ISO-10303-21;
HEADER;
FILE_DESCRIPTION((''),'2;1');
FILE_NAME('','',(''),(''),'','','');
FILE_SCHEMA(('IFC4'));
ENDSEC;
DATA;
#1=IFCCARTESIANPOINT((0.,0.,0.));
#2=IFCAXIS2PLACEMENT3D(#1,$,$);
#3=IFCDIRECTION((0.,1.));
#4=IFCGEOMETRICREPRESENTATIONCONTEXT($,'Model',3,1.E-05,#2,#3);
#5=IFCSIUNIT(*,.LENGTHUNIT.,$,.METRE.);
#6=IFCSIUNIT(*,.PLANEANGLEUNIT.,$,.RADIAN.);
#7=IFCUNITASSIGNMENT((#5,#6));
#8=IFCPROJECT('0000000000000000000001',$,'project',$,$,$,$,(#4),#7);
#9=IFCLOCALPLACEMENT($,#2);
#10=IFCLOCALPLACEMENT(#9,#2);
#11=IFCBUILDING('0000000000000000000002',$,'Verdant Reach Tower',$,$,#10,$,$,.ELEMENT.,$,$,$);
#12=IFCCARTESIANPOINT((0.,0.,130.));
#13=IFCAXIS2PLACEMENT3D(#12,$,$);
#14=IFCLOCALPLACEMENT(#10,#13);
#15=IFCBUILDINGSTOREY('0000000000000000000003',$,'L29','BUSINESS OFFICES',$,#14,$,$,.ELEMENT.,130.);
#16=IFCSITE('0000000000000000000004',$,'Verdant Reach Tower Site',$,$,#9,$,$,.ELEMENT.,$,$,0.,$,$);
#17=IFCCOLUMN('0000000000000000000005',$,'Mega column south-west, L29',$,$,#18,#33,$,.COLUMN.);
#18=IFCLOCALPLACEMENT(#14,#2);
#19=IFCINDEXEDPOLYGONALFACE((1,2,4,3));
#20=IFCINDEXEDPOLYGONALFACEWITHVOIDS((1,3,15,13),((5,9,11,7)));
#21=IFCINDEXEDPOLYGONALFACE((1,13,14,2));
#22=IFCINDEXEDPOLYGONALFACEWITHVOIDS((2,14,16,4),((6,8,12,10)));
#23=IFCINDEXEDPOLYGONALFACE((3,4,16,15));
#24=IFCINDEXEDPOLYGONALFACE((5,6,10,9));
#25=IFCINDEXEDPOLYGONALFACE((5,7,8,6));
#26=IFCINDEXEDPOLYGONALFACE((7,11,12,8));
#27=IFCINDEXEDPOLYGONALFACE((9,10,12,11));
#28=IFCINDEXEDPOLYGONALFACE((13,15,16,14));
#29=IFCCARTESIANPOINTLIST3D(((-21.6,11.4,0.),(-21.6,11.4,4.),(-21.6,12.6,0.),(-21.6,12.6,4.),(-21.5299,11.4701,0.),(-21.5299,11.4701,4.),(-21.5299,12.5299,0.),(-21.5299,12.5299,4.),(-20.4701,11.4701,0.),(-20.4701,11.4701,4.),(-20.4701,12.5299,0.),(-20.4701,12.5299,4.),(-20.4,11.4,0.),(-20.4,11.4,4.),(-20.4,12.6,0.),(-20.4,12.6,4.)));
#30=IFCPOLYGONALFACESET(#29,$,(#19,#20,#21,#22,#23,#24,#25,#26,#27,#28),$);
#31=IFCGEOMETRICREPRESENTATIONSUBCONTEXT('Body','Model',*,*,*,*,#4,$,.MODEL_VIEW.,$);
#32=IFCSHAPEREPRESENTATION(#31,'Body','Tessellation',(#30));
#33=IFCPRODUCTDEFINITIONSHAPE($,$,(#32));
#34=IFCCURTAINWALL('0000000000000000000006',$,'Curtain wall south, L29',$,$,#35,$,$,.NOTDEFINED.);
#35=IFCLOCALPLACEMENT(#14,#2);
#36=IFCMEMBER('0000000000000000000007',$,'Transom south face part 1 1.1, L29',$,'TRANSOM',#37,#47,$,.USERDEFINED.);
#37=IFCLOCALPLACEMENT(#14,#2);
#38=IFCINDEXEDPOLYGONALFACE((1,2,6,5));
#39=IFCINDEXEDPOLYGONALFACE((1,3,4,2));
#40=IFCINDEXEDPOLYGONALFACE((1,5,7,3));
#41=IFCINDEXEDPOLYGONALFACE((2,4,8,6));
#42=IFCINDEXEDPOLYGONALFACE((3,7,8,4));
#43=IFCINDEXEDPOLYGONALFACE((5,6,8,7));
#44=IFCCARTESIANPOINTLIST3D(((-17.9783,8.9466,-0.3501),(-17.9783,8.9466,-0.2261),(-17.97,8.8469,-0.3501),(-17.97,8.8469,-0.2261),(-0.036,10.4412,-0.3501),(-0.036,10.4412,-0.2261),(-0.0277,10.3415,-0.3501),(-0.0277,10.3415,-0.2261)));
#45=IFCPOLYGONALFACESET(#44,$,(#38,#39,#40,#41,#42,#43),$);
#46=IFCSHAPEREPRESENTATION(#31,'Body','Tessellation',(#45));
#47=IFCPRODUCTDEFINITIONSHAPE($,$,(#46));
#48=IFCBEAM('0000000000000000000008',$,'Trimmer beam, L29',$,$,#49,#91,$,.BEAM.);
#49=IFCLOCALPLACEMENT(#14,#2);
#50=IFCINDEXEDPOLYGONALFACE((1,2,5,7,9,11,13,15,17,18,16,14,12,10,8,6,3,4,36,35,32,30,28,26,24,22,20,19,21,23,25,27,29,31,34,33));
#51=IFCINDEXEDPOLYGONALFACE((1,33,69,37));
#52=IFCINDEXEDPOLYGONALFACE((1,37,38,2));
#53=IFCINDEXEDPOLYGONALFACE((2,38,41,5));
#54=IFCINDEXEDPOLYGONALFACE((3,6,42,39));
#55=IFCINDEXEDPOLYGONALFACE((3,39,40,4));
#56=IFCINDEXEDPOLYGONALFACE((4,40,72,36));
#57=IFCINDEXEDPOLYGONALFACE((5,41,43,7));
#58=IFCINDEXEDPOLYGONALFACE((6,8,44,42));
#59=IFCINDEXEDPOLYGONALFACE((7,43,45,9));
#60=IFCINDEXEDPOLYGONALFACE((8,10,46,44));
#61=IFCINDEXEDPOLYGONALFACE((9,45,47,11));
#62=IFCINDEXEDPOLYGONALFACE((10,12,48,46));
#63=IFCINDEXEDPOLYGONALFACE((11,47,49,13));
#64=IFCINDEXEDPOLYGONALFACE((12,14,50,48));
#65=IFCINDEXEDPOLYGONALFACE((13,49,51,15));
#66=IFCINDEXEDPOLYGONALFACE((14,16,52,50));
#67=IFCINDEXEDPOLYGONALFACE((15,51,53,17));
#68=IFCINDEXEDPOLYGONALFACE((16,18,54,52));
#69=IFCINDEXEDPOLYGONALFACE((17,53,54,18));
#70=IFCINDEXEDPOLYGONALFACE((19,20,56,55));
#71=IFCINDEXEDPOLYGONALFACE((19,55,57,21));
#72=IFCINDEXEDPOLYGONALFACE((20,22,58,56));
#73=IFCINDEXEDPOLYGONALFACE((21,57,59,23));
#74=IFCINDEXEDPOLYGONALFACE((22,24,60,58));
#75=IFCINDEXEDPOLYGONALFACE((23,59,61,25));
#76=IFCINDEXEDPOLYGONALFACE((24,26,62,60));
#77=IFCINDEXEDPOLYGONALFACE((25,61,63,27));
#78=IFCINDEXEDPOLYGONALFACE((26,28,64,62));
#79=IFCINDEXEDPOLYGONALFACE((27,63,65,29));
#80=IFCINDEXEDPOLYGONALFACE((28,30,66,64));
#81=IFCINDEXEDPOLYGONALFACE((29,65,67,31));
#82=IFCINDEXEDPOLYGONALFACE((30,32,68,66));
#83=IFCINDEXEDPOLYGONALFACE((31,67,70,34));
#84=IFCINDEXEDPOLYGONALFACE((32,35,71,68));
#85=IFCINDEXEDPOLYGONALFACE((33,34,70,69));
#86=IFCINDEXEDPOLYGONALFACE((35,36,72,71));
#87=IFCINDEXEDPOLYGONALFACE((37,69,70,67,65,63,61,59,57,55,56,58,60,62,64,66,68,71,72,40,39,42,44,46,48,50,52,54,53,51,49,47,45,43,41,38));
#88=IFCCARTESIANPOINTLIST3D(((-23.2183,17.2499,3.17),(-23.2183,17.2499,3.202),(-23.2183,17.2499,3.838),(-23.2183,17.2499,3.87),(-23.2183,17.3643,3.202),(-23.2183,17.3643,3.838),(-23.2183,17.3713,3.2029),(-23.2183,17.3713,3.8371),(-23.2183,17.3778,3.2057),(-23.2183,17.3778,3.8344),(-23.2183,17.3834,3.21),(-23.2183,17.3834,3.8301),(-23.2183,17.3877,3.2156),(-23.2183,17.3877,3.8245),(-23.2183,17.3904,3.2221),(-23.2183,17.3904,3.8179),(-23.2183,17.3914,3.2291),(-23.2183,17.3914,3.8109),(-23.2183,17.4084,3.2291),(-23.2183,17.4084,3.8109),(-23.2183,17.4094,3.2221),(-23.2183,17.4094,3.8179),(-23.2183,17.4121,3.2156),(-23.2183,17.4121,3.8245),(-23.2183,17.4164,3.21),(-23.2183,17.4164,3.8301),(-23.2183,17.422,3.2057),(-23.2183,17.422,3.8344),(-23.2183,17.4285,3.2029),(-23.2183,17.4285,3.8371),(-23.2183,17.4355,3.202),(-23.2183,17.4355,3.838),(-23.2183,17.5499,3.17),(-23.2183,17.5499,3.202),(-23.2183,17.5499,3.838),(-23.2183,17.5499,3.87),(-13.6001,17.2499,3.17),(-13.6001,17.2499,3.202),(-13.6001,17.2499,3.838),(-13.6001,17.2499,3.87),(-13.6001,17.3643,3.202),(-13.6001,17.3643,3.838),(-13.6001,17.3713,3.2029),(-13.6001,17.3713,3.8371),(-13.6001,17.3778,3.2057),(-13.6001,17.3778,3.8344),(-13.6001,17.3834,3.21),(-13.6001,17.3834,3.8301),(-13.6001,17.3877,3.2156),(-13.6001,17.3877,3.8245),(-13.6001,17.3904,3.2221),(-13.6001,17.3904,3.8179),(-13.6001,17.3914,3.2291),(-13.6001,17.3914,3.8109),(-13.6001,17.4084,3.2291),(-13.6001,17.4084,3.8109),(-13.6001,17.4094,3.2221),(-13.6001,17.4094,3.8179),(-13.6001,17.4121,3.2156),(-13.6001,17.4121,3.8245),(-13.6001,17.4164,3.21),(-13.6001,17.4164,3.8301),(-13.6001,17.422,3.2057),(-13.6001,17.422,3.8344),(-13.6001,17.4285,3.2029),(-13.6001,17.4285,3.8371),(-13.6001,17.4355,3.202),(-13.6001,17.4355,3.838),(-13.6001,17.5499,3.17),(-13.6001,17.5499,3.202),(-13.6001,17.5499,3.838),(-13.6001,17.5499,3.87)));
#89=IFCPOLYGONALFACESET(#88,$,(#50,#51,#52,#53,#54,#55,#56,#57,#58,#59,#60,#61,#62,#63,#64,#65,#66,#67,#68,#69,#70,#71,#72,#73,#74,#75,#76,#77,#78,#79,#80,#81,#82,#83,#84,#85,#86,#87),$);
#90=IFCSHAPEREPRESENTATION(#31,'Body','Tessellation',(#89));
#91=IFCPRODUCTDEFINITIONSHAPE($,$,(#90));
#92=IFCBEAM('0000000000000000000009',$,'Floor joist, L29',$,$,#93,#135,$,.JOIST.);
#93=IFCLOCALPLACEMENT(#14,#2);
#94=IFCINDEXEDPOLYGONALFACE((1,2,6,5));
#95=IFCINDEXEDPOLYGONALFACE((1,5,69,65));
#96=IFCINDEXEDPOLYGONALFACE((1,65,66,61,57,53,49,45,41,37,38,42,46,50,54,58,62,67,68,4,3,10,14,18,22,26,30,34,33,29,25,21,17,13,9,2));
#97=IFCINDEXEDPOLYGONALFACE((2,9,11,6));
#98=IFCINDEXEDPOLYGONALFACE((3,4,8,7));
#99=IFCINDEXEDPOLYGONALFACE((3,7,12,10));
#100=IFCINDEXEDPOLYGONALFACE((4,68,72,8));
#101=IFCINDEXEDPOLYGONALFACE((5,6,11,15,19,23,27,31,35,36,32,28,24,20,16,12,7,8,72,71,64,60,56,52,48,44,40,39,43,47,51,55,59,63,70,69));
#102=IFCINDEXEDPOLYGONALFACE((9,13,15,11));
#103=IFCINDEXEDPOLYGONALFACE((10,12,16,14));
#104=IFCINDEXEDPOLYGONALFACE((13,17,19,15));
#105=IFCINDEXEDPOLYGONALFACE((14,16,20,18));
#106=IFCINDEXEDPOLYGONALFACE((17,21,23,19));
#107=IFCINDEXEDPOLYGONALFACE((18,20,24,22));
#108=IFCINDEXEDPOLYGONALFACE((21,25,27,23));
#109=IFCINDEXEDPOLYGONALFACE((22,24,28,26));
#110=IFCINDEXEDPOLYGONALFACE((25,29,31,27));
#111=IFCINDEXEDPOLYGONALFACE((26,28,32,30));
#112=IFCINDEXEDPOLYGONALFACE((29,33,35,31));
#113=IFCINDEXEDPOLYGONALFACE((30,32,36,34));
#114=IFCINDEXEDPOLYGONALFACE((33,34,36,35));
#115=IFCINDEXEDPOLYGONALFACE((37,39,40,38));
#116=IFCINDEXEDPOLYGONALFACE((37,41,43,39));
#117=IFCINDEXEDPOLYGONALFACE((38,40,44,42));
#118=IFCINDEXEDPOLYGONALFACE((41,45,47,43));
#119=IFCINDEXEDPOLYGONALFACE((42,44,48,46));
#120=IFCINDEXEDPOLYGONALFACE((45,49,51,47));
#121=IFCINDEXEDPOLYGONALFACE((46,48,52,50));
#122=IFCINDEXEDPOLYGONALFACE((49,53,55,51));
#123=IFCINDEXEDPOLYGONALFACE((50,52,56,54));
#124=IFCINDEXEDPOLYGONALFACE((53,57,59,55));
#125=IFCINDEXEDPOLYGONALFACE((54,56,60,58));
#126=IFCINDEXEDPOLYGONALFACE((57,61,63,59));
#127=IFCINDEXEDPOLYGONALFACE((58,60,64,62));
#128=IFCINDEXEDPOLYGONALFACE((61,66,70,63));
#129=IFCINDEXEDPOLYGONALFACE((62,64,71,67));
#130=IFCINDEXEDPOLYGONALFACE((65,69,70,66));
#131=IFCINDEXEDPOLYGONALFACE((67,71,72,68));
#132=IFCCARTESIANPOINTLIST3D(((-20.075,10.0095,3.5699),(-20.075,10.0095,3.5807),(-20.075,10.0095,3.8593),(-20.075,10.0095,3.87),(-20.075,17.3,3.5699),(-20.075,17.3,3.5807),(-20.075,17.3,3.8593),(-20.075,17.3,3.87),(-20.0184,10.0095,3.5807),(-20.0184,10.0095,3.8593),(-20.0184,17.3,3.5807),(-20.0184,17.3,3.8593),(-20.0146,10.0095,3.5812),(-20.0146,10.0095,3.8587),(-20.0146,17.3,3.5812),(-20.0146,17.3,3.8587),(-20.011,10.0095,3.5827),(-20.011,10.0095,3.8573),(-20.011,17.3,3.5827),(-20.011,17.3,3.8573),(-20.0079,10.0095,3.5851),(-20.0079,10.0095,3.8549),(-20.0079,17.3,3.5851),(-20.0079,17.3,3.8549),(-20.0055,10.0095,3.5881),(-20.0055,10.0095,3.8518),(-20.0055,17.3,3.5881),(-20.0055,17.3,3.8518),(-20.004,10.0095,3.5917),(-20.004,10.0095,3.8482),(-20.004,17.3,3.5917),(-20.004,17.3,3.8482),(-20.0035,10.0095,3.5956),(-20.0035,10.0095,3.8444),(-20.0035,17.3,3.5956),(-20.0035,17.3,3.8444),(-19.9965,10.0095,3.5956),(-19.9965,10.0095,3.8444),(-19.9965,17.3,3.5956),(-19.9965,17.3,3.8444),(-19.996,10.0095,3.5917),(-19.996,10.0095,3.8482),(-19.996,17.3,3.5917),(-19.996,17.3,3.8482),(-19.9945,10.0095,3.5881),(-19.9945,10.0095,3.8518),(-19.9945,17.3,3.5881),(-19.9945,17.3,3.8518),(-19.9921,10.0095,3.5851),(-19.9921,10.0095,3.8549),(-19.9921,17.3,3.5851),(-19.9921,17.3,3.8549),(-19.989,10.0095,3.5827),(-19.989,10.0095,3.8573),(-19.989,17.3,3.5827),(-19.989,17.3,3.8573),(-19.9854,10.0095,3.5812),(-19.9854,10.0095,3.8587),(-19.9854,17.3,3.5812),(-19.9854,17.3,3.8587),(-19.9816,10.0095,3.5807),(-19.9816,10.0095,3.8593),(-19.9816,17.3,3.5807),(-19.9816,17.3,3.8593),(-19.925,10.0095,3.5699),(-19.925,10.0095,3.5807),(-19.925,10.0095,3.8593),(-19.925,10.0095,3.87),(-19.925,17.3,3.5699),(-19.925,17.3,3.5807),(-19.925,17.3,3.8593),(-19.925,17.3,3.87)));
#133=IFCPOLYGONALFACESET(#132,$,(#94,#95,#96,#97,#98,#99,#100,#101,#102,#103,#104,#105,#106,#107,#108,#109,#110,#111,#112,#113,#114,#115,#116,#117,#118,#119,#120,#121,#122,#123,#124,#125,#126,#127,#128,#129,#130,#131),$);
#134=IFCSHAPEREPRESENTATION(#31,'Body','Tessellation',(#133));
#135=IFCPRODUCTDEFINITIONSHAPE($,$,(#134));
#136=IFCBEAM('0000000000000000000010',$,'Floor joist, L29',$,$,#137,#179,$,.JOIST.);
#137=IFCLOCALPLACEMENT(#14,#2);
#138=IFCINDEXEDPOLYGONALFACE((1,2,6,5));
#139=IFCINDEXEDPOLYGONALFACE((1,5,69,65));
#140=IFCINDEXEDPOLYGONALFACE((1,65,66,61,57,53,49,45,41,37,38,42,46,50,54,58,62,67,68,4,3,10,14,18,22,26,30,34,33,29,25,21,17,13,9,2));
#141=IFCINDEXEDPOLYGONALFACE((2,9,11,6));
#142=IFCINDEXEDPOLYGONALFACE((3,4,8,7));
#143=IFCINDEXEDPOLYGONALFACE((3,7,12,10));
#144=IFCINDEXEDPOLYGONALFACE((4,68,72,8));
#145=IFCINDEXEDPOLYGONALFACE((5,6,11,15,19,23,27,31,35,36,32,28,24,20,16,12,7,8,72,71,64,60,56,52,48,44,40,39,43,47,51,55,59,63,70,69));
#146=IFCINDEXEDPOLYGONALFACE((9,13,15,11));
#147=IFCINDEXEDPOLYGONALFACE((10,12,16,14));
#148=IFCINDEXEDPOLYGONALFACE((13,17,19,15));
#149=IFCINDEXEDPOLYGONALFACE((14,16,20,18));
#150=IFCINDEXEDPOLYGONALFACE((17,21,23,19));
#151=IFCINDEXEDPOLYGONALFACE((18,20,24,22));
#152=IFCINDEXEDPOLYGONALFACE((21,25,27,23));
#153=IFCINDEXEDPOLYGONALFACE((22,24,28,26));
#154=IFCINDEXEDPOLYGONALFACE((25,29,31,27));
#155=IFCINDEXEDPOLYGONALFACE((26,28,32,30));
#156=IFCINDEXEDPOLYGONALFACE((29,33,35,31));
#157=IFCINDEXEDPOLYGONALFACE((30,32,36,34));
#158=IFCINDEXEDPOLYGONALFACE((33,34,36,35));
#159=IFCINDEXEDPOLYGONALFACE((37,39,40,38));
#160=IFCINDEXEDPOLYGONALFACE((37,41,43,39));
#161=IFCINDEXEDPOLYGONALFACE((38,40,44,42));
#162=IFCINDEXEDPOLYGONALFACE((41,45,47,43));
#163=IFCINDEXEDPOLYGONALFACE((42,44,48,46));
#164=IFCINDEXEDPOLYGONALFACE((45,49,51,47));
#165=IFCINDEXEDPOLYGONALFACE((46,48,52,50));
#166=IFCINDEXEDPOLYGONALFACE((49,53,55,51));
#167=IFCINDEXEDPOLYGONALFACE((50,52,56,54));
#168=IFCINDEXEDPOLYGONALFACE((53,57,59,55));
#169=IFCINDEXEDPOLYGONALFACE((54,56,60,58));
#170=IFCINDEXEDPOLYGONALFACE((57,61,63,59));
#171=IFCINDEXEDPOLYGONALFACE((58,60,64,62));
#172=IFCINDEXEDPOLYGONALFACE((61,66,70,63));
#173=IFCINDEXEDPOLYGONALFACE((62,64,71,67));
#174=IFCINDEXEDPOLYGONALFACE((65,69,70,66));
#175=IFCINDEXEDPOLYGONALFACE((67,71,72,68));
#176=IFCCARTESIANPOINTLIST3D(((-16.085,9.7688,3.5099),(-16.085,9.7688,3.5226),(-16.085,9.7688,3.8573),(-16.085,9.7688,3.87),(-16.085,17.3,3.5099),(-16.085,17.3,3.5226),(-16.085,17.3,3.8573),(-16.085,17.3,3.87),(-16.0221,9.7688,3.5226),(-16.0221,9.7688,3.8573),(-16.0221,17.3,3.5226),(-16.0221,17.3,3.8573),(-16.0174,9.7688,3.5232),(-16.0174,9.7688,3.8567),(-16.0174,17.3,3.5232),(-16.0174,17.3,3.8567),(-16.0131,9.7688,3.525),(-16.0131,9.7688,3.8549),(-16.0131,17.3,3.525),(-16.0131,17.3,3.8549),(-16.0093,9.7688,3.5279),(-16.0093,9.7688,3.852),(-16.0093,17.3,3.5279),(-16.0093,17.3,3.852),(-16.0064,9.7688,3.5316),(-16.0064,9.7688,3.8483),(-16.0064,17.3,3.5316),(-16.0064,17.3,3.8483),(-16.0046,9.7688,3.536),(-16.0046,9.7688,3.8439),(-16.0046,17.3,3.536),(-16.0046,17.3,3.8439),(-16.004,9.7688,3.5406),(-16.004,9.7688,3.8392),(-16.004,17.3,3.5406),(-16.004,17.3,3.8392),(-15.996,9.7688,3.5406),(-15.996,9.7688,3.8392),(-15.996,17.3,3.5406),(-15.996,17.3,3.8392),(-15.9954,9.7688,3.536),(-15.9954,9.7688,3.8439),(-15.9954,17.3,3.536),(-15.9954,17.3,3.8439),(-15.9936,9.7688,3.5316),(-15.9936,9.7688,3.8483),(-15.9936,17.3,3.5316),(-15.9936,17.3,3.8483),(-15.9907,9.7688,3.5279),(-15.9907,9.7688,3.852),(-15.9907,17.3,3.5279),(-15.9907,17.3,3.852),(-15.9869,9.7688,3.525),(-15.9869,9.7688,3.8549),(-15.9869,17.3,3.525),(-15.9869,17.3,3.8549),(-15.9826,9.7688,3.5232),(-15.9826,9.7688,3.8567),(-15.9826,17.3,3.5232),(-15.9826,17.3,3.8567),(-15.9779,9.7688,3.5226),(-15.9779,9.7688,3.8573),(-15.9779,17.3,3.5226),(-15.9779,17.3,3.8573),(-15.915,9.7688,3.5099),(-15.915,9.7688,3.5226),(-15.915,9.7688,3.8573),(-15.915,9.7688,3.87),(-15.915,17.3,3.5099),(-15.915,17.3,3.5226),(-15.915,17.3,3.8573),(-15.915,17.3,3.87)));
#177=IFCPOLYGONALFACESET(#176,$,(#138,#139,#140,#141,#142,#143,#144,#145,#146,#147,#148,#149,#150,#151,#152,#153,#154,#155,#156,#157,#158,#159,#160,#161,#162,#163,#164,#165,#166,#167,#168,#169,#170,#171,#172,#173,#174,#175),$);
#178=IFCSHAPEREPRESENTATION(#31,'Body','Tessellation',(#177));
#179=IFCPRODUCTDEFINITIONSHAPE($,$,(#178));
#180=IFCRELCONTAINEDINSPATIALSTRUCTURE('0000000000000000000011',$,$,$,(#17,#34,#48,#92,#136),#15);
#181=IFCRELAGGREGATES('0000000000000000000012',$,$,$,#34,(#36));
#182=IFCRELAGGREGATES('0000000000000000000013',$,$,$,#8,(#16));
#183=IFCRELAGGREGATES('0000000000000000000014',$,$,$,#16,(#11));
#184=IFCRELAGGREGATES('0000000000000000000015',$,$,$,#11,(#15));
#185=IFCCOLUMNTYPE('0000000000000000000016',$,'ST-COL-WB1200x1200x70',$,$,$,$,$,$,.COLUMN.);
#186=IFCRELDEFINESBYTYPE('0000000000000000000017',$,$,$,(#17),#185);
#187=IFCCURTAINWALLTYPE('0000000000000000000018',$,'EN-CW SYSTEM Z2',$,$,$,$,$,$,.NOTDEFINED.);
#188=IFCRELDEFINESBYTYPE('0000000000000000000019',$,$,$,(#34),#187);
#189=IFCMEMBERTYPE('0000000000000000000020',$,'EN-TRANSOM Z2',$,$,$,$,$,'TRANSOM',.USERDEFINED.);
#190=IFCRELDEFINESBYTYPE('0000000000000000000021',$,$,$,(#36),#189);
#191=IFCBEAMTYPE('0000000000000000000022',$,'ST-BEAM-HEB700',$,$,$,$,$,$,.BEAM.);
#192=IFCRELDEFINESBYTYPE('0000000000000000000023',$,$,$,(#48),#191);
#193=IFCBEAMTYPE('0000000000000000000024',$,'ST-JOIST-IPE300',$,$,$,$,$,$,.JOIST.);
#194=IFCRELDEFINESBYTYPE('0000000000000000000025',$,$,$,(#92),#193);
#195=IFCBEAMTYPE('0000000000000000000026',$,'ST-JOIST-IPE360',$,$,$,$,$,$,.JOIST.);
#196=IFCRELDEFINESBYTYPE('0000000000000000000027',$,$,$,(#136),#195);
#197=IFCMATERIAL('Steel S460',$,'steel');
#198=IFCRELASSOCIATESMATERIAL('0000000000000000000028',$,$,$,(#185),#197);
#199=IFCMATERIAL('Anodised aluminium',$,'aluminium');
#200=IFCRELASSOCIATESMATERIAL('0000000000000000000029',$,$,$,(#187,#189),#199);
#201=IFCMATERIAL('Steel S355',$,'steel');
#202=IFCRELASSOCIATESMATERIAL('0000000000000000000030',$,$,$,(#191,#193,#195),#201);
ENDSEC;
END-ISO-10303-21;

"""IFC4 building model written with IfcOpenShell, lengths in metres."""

from ifc_helpers import new_model, si_unit, direction, frame, origin, origin_2d, place, context, subcontext, project, spatial, rectangle, hollow_rectangle, i_section, extrude, material, material_profile, profile_set, type_object, element, aggregate, save


model = new_model("IFC4")

# Units and contexts
model_context = context("Model", 3, precision=1e-05, world=origin(), true_north=direction((0.0, 1.0)))
body_context = subcontext(model_context, "Body", "Model", "MODEL_VIEW")
ifc_project = project(units=[si_unit("LENGTHUNIT", "METRE"), si_unit("PLANEANGLEUNIT", "RADIAN")], contexts=[model_context])

# Site, building, storey
site_placement = place(None, origin())
site = spatial("IfcSite", under=ifc_project, at=site_placement, Name="Verdant Reach Tower Site", CompositionType="ELEMENT", RefElevation=0.0)
building_placement = place(site_placement, origin())
building = spatial("IfcBuilding", under=site, at=building_placement, Name="Verdant Reach Tower", CompositionType="ELEMENT")
storey_placement = place(building_placement, frame((0.0, 0.0, 130.0)))
storey = spatial("IfcBuildingStorey", under=building, at=storey_placement, Name="L29", Description="BUSINESS OFFICES", CompositionType="ELEMENT", Elevation=130.0)

# Column
ifc_material_1 = material(Name="Steel S460", Category="steel")
ifc_material_profile_1 = material_profile(ifc_material_1, hollow_rectangle(XDim=1.2, YDim=1.2, WallThickness=0.0701, at=origin_2d()), Name="WB 1200x1200x70")
ifc_profile_set_1 = profile_set([ifc_material_profile_1], Name="Steel S460")
column_type = type_object("IfcColumnType", Name="ST-COL-WB1200x1200x70", PredefinedType="COLUMN", material=ifc_profile_set_1)
column_placement = place(storey_placement, frame((-21.0, 12.0, 0.0), z_axis=(0.0, 0.0, 1.0), x_axis=(1.0, 0.0, 0.0)))
element("IfcColumn", 1, at=column_placement, inside=storey, type_object=column_type, Name="Mega column south-west, L29", PredefinedType="COLUMN", context=body_context, shape_type="SweptSolid", body=[
    extrude(hollow_rectangle(XDim=1.2, YDim=1.2, WallThickness=0.0701, at=origin_2d()), origin(), (0.0, 0.0, 1.0), 4.0),
])

# Curtain wall, member
ifc_material_2 = material(Name="Anodised aluminium", Category="aluminium")
curtain_wall_type = type_object("IfcCurtainWallType", Name="EN-CW SYSTEM Z2", PredefinedType="NOTDEFINED", material=ifc_material_2)
curtain_wall_1_placement = place(storey_placement, origin())
curtain_wall_1 = element("IfcCurtainWall", 2, at=curtain_wall_1_placement, inside=storey, type_object=curtain_wall_type, Name="Curtain wall south, L29", PredefinedType="NOTDEFINED")
ifc_material_profile_2 = material_profile(ifc_material_2, rectangle(XDim=0.1001, YDim=0.124, at=origin_2d()), Name="Transom 124x100")
ifc_profile_set_2 = profile_set([ifc_material_profile_2], Name="Anodised aluminium")
member_type = type_object("IfcMemberType", Name="EN-TRANSOM Z2", ElementType="TRANSOM", PredefinedType="USERDEFINED", material=ifc_profile_set_2)
member_placement = place(storey_placement, frame((-17.9741, 8.8967, -0.2881), z_axis=(0.996548, 0.083015, 0.0), x_axis=(-0.083015, 0.996548, 0.0)))
member = element("IfcMember", 3, at=member_placement, type_object=member_type, Name="Transom south face part 1 1.1, L29", ObjectType="TRANSOM", PredefinedType="USERDEFINED", context=body_context, shape_type="SweptSolid", body=[
    extrude(rectangle(XDim=0.1001, YDim=0.124, at=origin_2d()), origin(), (0.0, 0.0, 1.0), 18.0044),
])

# Beams
ifc_material_3 = material(Name="Steel S355", Category="steel")
ifc_material_profile_3 = material_profile(ifc_material_3, i_section(OverallWidth=0.3, OverallDepth=0.7, WebThickness=0.0171, FlangeThickness=0.032, FilletRadius=0.0271, at=origin_2d()), Name="HEB 700")
ifc_profile_set_3 = profile_set([ifc_material_profile_3], Name="Steel S355")
beam_type_1 = type_object("IfcBeamType", Name="ST-BEAM-HEB700", PredefinedType="BEAM", material=ifc_profile_set_3)
beam_1_placement = place(storey_placement, frame((-13.6001, 17.3999, 3.52), z_axis=(-1.0, 0.0, 0.0), x_axis=(0.0, -1.0, 0.0)))
element("IfcBeam", 4, at=beam_1_placement, inside=storey, type_object=beam_type_1, Name="Trimmer beam, L29", PredefinedType="BEAM", context=body_context, shape_type="SweptSolid", body=[
    extrude(i_section(OverallWidth=0.3, OverallDepth=0.7, WebThickness=0.0171, FlangeThickness=0.032, FilletRadius=0.0271, at=origin_2d()), origin(), (0.0, 0.0, 1.0), 9.6182),
])
ifc_material_profile_4 = material_profile(ifc_material_3, i_section(OverallWidth=0.1499, OverallDepth=0.3, WebThickness=0.0071, FlangeThickness=0.0107, FilletRadius=0.0149, at=origin_2d()), Name="IPE 300")
ifc_profile_set_4 = profile_set([ifc_material_profile_4], Name="Steel S355")
beam_type_2 = type_object("IfcBeamType", Name="ST-JOIST-IPE300", PredefinedType="JOIST", material=ifc_profile_set_4)
beam_2_placement = place(storey_placement, frame((-20.0, 17.3, 3.72), z_axis=(0.0, -1.0, 0.0), x_axis=(1.0, 0.0, 0.0)))
element("IfcBeam", 5, at=beam_2_placement, inside=storey, type_object=beam_type_2, Name="Floor joist, L29", PredefinedType="JOIST", context=body_context, shape_type="SweptSolid", body=[
    extrude(i_section(OverallWidth=0.1499, OverallDepth=0.3, WebThickness=0.0071, FlangeThickness=0.0107, FilletRadius=0.0149, at=origin_2d()), origin(), (0.0, 0.0, 1.0), 7.2905),
])
ifc_material_profile_5 = material_profile(ifc_material_3, i_section(OverallWidth=0.1699, OverallDepth=0.3601, WebThickness=0.0081, FlangeThickness=0.0127, FilletRadius=0.0181, at=origin_2d()), Name="IPE 360")
ifc_profile_set_5 = profile_set([ifc_material_profile_5], Name="Steel S355")
beam_type_3 = type_object("IfcBeamType", Name="ST-JOIST-IPE360", PredefinedType="JOIST", material=ifc_profile_set_5)
beam_3_placement = place(storey_placement, frame((-16.0, 17.3, 3.6899), z_axis=(0.0, -1.0, 0.0), x_axis=(1.0, 0.0, 0.0)))
element("IfcBeam", 6, at=beam_3_placement, inside=storey, type_object=beam_type_3, Name="Floor joist, L29", PredefinedType="JOIST", context=body_context, shape_type="SweptSolid", body=[
    extrude(i_section(OverallWidth=0.1699, OverallDepth=0.3601, WebThickness=0.0081, FlangeThickness=0.0127, FilletRadius=0.0181, at=origin_2d()), origin(), (0.0, 0.0, 1.0), 7.5312),
])

aggregate(curtain_wall_1, [member])

save(model, "model.ifc")
